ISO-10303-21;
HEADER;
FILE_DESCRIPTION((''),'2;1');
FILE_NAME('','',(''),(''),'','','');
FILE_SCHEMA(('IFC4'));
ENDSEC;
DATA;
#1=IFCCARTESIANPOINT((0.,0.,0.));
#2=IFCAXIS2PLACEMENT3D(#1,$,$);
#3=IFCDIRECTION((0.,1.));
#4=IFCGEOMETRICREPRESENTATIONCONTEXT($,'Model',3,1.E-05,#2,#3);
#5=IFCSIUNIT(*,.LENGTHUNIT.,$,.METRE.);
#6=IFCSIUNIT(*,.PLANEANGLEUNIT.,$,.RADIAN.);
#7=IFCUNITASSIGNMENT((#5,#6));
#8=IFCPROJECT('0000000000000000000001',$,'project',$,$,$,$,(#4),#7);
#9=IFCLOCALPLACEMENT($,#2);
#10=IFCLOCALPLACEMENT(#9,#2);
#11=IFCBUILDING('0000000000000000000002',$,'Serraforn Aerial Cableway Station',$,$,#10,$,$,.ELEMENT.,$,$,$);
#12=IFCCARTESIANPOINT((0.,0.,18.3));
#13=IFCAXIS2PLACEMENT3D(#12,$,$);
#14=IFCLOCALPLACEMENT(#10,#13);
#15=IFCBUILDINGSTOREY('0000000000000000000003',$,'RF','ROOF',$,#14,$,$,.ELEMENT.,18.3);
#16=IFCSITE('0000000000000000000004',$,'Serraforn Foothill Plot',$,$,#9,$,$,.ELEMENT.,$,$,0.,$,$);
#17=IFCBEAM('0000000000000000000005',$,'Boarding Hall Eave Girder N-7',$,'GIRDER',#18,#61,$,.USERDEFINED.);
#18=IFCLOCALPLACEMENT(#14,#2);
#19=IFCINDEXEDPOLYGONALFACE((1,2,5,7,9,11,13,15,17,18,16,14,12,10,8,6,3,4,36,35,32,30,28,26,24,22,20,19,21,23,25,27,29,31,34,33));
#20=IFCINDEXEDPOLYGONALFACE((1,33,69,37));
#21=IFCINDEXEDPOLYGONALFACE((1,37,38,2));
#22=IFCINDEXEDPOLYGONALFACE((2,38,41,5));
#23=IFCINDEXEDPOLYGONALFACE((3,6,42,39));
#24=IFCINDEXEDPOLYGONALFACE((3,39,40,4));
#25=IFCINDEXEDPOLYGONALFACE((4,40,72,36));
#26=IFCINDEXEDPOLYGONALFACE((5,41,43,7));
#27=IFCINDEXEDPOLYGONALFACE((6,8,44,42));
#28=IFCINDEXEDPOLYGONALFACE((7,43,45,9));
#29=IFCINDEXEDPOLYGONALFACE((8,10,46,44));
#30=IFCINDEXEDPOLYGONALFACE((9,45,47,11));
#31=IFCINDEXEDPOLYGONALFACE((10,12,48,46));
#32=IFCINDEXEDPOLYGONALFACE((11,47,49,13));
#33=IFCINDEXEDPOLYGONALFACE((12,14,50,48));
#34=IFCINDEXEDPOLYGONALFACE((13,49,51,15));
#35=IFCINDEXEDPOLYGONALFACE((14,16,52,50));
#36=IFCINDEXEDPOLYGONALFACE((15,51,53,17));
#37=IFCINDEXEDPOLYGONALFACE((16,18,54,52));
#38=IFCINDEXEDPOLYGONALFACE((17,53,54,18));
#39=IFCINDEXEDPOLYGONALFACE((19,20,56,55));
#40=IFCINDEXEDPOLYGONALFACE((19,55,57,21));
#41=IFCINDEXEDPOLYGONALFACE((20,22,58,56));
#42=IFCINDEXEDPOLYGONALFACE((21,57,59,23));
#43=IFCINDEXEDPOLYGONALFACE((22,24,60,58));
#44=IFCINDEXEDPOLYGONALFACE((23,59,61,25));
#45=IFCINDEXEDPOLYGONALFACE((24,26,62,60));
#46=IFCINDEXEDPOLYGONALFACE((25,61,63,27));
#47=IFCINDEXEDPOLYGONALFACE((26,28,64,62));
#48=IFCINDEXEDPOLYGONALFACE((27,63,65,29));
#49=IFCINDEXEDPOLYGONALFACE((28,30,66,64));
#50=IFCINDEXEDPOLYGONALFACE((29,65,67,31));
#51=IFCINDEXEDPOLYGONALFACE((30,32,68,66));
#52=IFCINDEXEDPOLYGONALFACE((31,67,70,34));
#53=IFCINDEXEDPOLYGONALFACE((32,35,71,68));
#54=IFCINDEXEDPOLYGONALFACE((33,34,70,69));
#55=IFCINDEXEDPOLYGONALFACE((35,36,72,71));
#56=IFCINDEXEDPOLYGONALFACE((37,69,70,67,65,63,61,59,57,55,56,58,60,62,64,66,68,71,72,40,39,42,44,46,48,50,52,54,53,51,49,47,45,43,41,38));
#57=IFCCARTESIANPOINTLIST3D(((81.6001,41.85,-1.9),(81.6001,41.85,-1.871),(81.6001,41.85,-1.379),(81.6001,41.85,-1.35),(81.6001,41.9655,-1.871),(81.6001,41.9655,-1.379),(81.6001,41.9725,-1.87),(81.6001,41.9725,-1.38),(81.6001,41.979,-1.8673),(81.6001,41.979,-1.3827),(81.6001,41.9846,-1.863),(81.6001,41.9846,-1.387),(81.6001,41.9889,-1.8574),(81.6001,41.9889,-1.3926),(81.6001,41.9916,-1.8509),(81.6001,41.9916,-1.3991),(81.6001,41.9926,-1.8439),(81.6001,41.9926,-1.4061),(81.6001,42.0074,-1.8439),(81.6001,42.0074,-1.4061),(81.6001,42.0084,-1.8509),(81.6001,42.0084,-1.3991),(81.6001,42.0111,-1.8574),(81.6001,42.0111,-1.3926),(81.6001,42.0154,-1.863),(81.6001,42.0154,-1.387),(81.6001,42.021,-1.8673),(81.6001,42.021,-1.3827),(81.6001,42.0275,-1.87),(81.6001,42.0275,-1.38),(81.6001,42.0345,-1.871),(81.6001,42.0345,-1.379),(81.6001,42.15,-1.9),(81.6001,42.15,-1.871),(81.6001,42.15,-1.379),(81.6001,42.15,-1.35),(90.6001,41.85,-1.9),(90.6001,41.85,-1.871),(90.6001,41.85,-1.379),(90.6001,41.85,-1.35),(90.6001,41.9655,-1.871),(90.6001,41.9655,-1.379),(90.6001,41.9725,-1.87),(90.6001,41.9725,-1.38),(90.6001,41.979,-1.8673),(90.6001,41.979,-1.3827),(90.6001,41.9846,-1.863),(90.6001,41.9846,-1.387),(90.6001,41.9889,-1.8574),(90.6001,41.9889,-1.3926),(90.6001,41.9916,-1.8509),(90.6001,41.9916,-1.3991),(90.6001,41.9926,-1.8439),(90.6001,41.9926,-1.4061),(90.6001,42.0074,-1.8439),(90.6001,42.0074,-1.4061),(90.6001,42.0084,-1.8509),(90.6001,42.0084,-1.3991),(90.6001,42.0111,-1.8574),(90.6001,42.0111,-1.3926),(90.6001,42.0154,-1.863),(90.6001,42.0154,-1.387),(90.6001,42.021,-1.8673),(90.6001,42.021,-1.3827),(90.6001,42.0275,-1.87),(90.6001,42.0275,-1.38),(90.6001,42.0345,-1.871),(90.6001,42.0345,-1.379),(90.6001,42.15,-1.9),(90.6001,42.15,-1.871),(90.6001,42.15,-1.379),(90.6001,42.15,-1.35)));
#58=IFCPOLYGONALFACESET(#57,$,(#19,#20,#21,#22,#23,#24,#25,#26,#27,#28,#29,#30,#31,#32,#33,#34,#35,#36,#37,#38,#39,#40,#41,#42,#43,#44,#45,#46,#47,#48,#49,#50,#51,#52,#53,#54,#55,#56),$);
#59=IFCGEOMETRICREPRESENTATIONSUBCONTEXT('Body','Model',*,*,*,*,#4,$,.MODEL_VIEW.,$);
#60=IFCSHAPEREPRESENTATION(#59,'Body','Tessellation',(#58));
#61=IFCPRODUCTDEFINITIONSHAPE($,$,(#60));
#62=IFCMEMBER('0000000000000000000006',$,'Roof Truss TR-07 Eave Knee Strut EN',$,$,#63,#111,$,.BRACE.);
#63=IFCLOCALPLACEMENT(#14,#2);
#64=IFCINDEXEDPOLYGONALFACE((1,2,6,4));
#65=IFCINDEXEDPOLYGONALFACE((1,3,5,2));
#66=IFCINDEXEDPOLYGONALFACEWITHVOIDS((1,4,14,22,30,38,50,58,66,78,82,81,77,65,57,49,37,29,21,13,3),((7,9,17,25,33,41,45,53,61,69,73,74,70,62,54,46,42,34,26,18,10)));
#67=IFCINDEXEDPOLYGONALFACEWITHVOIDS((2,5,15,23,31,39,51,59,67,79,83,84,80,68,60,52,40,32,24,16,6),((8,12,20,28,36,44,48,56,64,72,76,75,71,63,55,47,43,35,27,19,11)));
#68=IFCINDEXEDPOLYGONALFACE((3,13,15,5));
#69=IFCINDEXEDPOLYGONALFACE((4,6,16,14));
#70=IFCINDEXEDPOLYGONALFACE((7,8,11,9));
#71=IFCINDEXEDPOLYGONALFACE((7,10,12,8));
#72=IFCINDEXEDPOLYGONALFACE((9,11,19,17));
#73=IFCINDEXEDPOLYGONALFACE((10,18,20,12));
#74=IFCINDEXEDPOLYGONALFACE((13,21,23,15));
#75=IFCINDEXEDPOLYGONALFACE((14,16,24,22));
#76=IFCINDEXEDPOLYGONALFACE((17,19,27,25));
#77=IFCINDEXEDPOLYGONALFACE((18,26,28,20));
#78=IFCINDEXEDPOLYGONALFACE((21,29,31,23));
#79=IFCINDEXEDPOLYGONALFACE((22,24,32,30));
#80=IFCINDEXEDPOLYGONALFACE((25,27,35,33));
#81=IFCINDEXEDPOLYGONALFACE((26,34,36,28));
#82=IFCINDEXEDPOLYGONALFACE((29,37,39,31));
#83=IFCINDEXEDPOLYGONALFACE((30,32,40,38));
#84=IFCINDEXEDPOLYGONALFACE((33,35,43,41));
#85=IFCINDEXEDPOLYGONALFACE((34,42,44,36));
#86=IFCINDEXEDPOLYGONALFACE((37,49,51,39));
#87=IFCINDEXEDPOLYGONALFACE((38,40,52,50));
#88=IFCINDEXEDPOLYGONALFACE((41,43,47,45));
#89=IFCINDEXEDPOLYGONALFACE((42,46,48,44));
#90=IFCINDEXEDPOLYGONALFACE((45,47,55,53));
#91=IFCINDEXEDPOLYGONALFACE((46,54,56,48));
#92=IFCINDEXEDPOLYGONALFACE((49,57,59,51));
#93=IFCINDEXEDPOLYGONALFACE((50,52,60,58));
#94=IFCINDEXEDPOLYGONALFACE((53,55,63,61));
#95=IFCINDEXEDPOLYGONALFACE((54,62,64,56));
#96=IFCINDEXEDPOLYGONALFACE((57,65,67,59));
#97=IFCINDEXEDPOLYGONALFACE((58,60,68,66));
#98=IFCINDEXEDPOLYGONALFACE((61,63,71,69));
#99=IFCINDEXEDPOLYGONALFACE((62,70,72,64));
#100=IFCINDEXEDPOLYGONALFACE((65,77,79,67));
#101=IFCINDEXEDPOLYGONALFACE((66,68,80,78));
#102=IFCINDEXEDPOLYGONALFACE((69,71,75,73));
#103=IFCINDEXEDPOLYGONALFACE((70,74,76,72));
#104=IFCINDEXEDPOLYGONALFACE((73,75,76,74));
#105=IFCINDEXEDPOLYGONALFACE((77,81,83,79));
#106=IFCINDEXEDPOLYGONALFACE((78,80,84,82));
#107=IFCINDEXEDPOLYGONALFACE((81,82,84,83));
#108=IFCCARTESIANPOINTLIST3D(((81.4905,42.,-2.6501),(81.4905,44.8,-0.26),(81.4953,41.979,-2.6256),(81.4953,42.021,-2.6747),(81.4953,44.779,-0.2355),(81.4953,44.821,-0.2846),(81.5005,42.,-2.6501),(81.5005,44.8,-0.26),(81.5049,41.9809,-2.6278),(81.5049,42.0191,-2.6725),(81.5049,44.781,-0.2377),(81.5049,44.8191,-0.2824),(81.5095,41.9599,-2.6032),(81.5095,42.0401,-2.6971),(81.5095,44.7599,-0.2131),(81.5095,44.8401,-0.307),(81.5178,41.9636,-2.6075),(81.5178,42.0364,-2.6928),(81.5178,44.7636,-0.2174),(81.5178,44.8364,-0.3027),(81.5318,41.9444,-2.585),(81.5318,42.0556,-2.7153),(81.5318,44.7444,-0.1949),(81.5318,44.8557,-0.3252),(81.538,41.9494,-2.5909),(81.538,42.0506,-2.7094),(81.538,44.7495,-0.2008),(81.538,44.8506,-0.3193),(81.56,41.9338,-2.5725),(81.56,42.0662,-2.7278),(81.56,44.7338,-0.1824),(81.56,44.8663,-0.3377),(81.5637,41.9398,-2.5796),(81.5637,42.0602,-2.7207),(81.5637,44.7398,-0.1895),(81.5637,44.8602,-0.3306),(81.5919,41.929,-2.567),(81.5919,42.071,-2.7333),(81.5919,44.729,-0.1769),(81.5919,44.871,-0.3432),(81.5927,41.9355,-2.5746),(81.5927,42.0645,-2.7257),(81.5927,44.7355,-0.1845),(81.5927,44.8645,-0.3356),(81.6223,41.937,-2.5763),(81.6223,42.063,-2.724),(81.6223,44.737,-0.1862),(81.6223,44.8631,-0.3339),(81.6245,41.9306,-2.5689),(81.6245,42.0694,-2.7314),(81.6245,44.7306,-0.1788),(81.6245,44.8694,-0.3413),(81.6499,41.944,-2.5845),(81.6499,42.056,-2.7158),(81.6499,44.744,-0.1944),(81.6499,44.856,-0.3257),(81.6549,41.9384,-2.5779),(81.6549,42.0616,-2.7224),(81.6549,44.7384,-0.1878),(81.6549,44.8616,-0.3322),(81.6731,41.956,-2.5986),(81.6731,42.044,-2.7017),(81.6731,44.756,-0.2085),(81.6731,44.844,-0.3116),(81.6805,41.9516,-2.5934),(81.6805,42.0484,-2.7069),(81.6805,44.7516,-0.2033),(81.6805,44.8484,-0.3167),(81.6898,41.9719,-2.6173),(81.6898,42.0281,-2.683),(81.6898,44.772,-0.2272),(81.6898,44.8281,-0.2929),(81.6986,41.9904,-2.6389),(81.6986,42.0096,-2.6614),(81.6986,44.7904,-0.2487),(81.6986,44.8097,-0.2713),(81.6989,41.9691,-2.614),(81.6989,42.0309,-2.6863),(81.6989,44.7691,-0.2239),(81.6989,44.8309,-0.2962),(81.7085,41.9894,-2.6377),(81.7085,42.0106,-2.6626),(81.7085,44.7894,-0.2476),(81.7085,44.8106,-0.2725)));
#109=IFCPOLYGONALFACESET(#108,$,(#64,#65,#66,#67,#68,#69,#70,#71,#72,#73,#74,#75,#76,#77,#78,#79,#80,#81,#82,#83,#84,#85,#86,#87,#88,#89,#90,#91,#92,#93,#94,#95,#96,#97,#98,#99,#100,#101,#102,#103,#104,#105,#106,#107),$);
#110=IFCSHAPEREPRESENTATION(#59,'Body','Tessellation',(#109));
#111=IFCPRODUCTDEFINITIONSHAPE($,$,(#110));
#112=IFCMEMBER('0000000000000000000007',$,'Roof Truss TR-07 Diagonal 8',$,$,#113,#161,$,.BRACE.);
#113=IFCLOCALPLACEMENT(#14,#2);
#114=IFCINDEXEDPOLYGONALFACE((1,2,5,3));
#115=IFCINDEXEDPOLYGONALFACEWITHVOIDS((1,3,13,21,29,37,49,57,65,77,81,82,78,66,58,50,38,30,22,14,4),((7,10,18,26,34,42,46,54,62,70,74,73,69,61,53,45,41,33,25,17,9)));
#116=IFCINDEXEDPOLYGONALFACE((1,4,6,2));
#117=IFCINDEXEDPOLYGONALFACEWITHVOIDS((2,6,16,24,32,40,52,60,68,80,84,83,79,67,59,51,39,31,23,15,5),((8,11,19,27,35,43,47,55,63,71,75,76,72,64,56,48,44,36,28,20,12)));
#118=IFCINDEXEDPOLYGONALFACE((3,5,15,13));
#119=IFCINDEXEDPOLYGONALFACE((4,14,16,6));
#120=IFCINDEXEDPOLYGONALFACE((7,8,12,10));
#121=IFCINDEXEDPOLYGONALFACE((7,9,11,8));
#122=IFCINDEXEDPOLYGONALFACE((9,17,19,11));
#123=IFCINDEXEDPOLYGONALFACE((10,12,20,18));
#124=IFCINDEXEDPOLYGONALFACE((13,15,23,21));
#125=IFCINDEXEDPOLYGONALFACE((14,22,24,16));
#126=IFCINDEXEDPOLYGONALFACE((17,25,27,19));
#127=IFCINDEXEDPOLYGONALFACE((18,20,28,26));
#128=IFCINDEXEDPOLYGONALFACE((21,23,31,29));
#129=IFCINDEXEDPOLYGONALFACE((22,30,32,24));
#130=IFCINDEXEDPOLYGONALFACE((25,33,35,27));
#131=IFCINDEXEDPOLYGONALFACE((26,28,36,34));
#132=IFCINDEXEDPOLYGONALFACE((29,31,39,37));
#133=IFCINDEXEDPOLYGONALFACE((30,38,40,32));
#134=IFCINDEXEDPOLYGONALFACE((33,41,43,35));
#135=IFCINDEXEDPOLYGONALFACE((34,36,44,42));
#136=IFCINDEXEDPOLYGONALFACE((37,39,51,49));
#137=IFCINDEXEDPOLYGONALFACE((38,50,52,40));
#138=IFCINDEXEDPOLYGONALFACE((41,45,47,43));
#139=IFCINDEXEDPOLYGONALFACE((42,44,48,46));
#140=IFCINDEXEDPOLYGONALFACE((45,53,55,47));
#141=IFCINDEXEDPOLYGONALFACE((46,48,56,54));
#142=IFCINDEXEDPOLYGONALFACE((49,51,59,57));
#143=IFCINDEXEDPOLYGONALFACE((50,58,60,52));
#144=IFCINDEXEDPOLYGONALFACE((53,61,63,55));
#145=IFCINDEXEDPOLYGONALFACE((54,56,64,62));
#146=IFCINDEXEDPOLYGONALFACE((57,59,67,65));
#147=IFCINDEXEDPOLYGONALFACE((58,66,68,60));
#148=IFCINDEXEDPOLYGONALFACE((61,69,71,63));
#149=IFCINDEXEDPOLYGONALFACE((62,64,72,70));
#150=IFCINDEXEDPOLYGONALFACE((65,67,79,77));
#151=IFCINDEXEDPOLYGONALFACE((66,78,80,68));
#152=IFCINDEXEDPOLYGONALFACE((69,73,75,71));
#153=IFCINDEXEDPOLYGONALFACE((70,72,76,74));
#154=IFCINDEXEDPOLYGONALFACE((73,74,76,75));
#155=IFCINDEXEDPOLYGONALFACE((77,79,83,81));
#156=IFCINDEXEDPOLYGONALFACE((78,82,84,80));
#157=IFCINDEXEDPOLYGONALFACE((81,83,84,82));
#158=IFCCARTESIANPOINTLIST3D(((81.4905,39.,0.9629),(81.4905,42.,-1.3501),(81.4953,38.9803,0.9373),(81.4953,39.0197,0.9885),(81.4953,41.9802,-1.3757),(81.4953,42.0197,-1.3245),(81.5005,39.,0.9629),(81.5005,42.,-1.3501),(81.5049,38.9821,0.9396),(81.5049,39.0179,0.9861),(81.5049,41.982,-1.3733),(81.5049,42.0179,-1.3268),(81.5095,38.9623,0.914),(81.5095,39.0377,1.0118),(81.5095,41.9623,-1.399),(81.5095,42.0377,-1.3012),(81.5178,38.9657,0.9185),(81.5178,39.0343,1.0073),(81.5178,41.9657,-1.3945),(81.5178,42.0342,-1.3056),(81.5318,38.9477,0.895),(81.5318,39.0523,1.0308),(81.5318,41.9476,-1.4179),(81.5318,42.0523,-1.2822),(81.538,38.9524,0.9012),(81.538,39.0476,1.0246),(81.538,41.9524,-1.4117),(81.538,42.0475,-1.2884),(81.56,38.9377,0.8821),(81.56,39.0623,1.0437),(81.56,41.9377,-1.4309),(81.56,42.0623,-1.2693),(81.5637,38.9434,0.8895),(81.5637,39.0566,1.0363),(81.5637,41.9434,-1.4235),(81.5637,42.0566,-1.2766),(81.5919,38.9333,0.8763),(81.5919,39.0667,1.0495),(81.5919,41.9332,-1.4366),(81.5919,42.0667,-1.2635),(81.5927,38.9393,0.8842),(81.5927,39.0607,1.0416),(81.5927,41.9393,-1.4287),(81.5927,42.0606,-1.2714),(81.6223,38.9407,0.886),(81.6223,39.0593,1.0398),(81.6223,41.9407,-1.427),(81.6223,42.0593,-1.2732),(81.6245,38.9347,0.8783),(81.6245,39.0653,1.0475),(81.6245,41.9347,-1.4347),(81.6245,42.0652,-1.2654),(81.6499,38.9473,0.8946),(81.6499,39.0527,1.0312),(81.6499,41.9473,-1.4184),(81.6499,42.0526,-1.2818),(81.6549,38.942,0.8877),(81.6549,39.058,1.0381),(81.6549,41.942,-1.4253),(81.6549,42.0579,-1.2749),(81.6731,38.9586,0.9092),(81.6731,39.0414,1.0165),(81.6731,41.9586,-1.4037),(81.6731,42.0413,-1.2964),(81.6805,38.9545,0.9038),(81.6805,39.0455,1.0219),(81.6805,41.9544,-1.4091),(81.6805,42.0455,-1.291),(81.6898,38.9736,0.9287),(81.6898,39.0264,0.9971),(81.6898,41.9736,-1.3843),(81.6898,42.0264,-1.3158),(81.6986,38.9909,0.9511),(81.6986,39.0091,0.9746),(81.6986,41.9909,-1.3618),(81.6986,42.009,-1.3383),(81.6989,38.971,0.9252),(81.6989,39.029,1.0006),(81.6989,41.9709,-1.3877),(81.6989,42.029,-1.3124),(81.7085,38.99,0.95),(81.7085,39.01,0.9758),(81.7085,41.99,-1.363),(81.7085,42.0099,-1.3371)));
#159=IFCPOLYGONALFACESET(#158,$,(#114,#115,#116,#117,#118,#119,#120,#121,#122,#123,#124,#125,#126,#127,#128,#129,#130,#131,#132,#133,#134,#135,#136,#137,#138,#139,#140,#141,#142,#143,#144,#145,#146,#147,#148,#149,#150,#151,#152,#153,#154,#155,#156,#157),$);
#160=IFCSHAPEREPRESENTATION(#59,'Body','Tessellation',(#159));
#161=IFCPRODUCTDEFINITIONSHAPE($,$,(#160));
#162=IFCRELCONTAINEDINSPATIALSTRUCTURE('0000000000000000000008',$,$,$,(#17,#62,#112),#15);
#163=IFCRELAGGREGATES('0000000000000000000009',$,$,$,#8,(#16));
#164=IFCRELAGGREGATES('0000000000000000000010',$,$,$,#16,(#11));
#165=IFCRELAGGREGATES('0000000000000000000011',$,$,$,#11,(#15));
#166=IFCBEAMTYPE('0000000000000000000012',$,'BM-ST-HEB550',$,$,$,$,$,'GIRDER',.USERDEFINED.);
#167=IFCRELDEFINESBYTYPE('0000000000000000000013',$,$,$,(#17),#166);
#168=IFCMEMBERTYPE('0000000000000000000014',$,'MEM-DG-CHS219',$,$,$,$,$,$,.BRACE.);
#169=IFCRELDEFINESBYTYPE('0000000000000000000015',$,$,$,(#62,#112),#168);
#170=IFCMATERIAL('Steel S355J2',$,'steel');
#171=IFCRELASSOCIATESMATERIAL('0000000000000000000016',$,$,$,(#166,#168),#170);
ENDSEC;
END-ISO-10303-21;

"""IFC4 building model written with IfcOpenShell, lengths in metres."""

from ifc_helpers import new_model, si_unit, direction, frame, origin, origin_2d, place, context, subcontext, project, spatial, hollow_circle, i_section, extrude, material, material_profile, profile_set, type_object, element, save


model = new_model("IFC4")

# Units and contexts
model_context = context("Model", 3, precision=1e-05, world=origin(), true_north=direction((0.0, 1.0)))
body_context = subcontext(model_context, "Body", "Model", "MODEL_VIEW")
ifc_project = project(units=[si_unit("LENGTHUNIT", "METRE"), si_unit("PLANEANGLEUNIT", "RADIAN")], contexts=[model_context])

# Site, building, storey
site_placement = place(None, origin())
site = spatial("IfcSite", under=ifc_project, at=site_placement, Name="Serraforn Foothill Plot", CompositionType="ELEMENT", RefElevation=0.0)
building_placement = place(site_placement, origin())
building = spatial("IfcBuilding", under=site, at=building_placement, Name="Serraforn Aerial Cableway Station", CompositionType="ELEMENT")
storey_placement = place(building_placement, frame((0.0, 0.0, 18.3)))
storey = spatial("IfcBuildingStorey", under=building, at=storey_placement, Name="RF", Description="ROOF", CompositionType="ELEMENT", Elevation=18.3)

# Beam
ifc_material_1 = material(Name="Steel S355J2", Category="steel")
ifc_material_profile_1 = material_profile(ifc_material_1, i_section(OverallWidth=0.3, OverallDepth=0.55, WebThickness=0.0149, FlangeThickness=0.0291, FilletRadius=0.0271, at=origin_2d()), Name="HEB 550")
ifc_profile_set_1 = profile_set([ifc_material_profile_1], Name="Steel S355J2")
beam_type = type_object("IfcBeamType", Name="BM-ST-HEB550", ElementType="GIRDER", PredefinedType="USERDEFINED", material=ifc_profile_set_1)
beam_placement = place(storey_placement, frame((81.6001, 42.0, -1.625), z_axis=(1.0, 0.0, 0.0), x_axis=(0.0, 1.0, 0.0)))
element("IfcBeam", 1, at=beam_placement, inside=storey, type_object=beam_type, Name="Boarding Hall Eave Girder N-7", ObjectType="GIRDER", PredefinedType="USERDEFINED", context=body_context, shape_type="SweptSolid", body=[
    extrude(i_section(OverallWidth=0.3, OverallDepth=0.55, WebThickness=0.0149, FlangeThickness=0.0291, FilletRadius=0.0271, at=origin_2d()), origin(), (0.0, 0.0, 1.0), 9.0),
])

# Members
ifc_material_profile_2 = material_profile(ifc_material_1, hollow_circle(Radius=0.1096, WallThickness=0.01, at=origin_2d()), Name="CHS 219.1x10.0")
ifc_profile_set_2 = profile_set([ifc_material_profile_2], Name="Steel S355J2")
member_type_1 = type_object("IfcMemberType", Name="MEM-DG-CHS219", PredefinedType="BRACE", material=ifc_profile_set_2)
member_1_placement = place(storey_placement, frame((81.6001, 42.0, -2.6501), z_axis=(0.0, 0.760584, 0.649239), x_axis=(-1.0, 0.0, 0.0)))
element("IfcMember", 2, at=member_1_placement, inside=storey, type_object=member_type_1, Name="Roof Truss TR-07 Eave Knee Strut EN", PredefinedType="BRACE", context=body_context, shape_type="SweptSolid", body=[
    extrude(hollow_circle(Radius=0.1096, WallThickness=0.01, at=origin_2d()), origin(), (0.0, 0.0, 1.0), 3.6814),
])
member_2_placement = place(storey_placement, frame((81.6001, 39.0, 0.9629), z_axis=(0.0, 0.791948, -0.610589), x_axis=(-1.0, 0.0, 0.0)))
element("IfcMember", 3, at=member_2_placement, inside=storey, type_object=member_type_1, Name="Roof Truss TR-07 Diagonal 8", PredefinedType="BRACE", context=body_context, shape_type="SweptSolid", body=[
    extrude(hollow_circle(Radius=0.1096, WallThickness=0.01, at=origin_2d()), origin(), (0.0, 0.0, 1.0), 3.7881),
])

save(model, "model.ifc")
